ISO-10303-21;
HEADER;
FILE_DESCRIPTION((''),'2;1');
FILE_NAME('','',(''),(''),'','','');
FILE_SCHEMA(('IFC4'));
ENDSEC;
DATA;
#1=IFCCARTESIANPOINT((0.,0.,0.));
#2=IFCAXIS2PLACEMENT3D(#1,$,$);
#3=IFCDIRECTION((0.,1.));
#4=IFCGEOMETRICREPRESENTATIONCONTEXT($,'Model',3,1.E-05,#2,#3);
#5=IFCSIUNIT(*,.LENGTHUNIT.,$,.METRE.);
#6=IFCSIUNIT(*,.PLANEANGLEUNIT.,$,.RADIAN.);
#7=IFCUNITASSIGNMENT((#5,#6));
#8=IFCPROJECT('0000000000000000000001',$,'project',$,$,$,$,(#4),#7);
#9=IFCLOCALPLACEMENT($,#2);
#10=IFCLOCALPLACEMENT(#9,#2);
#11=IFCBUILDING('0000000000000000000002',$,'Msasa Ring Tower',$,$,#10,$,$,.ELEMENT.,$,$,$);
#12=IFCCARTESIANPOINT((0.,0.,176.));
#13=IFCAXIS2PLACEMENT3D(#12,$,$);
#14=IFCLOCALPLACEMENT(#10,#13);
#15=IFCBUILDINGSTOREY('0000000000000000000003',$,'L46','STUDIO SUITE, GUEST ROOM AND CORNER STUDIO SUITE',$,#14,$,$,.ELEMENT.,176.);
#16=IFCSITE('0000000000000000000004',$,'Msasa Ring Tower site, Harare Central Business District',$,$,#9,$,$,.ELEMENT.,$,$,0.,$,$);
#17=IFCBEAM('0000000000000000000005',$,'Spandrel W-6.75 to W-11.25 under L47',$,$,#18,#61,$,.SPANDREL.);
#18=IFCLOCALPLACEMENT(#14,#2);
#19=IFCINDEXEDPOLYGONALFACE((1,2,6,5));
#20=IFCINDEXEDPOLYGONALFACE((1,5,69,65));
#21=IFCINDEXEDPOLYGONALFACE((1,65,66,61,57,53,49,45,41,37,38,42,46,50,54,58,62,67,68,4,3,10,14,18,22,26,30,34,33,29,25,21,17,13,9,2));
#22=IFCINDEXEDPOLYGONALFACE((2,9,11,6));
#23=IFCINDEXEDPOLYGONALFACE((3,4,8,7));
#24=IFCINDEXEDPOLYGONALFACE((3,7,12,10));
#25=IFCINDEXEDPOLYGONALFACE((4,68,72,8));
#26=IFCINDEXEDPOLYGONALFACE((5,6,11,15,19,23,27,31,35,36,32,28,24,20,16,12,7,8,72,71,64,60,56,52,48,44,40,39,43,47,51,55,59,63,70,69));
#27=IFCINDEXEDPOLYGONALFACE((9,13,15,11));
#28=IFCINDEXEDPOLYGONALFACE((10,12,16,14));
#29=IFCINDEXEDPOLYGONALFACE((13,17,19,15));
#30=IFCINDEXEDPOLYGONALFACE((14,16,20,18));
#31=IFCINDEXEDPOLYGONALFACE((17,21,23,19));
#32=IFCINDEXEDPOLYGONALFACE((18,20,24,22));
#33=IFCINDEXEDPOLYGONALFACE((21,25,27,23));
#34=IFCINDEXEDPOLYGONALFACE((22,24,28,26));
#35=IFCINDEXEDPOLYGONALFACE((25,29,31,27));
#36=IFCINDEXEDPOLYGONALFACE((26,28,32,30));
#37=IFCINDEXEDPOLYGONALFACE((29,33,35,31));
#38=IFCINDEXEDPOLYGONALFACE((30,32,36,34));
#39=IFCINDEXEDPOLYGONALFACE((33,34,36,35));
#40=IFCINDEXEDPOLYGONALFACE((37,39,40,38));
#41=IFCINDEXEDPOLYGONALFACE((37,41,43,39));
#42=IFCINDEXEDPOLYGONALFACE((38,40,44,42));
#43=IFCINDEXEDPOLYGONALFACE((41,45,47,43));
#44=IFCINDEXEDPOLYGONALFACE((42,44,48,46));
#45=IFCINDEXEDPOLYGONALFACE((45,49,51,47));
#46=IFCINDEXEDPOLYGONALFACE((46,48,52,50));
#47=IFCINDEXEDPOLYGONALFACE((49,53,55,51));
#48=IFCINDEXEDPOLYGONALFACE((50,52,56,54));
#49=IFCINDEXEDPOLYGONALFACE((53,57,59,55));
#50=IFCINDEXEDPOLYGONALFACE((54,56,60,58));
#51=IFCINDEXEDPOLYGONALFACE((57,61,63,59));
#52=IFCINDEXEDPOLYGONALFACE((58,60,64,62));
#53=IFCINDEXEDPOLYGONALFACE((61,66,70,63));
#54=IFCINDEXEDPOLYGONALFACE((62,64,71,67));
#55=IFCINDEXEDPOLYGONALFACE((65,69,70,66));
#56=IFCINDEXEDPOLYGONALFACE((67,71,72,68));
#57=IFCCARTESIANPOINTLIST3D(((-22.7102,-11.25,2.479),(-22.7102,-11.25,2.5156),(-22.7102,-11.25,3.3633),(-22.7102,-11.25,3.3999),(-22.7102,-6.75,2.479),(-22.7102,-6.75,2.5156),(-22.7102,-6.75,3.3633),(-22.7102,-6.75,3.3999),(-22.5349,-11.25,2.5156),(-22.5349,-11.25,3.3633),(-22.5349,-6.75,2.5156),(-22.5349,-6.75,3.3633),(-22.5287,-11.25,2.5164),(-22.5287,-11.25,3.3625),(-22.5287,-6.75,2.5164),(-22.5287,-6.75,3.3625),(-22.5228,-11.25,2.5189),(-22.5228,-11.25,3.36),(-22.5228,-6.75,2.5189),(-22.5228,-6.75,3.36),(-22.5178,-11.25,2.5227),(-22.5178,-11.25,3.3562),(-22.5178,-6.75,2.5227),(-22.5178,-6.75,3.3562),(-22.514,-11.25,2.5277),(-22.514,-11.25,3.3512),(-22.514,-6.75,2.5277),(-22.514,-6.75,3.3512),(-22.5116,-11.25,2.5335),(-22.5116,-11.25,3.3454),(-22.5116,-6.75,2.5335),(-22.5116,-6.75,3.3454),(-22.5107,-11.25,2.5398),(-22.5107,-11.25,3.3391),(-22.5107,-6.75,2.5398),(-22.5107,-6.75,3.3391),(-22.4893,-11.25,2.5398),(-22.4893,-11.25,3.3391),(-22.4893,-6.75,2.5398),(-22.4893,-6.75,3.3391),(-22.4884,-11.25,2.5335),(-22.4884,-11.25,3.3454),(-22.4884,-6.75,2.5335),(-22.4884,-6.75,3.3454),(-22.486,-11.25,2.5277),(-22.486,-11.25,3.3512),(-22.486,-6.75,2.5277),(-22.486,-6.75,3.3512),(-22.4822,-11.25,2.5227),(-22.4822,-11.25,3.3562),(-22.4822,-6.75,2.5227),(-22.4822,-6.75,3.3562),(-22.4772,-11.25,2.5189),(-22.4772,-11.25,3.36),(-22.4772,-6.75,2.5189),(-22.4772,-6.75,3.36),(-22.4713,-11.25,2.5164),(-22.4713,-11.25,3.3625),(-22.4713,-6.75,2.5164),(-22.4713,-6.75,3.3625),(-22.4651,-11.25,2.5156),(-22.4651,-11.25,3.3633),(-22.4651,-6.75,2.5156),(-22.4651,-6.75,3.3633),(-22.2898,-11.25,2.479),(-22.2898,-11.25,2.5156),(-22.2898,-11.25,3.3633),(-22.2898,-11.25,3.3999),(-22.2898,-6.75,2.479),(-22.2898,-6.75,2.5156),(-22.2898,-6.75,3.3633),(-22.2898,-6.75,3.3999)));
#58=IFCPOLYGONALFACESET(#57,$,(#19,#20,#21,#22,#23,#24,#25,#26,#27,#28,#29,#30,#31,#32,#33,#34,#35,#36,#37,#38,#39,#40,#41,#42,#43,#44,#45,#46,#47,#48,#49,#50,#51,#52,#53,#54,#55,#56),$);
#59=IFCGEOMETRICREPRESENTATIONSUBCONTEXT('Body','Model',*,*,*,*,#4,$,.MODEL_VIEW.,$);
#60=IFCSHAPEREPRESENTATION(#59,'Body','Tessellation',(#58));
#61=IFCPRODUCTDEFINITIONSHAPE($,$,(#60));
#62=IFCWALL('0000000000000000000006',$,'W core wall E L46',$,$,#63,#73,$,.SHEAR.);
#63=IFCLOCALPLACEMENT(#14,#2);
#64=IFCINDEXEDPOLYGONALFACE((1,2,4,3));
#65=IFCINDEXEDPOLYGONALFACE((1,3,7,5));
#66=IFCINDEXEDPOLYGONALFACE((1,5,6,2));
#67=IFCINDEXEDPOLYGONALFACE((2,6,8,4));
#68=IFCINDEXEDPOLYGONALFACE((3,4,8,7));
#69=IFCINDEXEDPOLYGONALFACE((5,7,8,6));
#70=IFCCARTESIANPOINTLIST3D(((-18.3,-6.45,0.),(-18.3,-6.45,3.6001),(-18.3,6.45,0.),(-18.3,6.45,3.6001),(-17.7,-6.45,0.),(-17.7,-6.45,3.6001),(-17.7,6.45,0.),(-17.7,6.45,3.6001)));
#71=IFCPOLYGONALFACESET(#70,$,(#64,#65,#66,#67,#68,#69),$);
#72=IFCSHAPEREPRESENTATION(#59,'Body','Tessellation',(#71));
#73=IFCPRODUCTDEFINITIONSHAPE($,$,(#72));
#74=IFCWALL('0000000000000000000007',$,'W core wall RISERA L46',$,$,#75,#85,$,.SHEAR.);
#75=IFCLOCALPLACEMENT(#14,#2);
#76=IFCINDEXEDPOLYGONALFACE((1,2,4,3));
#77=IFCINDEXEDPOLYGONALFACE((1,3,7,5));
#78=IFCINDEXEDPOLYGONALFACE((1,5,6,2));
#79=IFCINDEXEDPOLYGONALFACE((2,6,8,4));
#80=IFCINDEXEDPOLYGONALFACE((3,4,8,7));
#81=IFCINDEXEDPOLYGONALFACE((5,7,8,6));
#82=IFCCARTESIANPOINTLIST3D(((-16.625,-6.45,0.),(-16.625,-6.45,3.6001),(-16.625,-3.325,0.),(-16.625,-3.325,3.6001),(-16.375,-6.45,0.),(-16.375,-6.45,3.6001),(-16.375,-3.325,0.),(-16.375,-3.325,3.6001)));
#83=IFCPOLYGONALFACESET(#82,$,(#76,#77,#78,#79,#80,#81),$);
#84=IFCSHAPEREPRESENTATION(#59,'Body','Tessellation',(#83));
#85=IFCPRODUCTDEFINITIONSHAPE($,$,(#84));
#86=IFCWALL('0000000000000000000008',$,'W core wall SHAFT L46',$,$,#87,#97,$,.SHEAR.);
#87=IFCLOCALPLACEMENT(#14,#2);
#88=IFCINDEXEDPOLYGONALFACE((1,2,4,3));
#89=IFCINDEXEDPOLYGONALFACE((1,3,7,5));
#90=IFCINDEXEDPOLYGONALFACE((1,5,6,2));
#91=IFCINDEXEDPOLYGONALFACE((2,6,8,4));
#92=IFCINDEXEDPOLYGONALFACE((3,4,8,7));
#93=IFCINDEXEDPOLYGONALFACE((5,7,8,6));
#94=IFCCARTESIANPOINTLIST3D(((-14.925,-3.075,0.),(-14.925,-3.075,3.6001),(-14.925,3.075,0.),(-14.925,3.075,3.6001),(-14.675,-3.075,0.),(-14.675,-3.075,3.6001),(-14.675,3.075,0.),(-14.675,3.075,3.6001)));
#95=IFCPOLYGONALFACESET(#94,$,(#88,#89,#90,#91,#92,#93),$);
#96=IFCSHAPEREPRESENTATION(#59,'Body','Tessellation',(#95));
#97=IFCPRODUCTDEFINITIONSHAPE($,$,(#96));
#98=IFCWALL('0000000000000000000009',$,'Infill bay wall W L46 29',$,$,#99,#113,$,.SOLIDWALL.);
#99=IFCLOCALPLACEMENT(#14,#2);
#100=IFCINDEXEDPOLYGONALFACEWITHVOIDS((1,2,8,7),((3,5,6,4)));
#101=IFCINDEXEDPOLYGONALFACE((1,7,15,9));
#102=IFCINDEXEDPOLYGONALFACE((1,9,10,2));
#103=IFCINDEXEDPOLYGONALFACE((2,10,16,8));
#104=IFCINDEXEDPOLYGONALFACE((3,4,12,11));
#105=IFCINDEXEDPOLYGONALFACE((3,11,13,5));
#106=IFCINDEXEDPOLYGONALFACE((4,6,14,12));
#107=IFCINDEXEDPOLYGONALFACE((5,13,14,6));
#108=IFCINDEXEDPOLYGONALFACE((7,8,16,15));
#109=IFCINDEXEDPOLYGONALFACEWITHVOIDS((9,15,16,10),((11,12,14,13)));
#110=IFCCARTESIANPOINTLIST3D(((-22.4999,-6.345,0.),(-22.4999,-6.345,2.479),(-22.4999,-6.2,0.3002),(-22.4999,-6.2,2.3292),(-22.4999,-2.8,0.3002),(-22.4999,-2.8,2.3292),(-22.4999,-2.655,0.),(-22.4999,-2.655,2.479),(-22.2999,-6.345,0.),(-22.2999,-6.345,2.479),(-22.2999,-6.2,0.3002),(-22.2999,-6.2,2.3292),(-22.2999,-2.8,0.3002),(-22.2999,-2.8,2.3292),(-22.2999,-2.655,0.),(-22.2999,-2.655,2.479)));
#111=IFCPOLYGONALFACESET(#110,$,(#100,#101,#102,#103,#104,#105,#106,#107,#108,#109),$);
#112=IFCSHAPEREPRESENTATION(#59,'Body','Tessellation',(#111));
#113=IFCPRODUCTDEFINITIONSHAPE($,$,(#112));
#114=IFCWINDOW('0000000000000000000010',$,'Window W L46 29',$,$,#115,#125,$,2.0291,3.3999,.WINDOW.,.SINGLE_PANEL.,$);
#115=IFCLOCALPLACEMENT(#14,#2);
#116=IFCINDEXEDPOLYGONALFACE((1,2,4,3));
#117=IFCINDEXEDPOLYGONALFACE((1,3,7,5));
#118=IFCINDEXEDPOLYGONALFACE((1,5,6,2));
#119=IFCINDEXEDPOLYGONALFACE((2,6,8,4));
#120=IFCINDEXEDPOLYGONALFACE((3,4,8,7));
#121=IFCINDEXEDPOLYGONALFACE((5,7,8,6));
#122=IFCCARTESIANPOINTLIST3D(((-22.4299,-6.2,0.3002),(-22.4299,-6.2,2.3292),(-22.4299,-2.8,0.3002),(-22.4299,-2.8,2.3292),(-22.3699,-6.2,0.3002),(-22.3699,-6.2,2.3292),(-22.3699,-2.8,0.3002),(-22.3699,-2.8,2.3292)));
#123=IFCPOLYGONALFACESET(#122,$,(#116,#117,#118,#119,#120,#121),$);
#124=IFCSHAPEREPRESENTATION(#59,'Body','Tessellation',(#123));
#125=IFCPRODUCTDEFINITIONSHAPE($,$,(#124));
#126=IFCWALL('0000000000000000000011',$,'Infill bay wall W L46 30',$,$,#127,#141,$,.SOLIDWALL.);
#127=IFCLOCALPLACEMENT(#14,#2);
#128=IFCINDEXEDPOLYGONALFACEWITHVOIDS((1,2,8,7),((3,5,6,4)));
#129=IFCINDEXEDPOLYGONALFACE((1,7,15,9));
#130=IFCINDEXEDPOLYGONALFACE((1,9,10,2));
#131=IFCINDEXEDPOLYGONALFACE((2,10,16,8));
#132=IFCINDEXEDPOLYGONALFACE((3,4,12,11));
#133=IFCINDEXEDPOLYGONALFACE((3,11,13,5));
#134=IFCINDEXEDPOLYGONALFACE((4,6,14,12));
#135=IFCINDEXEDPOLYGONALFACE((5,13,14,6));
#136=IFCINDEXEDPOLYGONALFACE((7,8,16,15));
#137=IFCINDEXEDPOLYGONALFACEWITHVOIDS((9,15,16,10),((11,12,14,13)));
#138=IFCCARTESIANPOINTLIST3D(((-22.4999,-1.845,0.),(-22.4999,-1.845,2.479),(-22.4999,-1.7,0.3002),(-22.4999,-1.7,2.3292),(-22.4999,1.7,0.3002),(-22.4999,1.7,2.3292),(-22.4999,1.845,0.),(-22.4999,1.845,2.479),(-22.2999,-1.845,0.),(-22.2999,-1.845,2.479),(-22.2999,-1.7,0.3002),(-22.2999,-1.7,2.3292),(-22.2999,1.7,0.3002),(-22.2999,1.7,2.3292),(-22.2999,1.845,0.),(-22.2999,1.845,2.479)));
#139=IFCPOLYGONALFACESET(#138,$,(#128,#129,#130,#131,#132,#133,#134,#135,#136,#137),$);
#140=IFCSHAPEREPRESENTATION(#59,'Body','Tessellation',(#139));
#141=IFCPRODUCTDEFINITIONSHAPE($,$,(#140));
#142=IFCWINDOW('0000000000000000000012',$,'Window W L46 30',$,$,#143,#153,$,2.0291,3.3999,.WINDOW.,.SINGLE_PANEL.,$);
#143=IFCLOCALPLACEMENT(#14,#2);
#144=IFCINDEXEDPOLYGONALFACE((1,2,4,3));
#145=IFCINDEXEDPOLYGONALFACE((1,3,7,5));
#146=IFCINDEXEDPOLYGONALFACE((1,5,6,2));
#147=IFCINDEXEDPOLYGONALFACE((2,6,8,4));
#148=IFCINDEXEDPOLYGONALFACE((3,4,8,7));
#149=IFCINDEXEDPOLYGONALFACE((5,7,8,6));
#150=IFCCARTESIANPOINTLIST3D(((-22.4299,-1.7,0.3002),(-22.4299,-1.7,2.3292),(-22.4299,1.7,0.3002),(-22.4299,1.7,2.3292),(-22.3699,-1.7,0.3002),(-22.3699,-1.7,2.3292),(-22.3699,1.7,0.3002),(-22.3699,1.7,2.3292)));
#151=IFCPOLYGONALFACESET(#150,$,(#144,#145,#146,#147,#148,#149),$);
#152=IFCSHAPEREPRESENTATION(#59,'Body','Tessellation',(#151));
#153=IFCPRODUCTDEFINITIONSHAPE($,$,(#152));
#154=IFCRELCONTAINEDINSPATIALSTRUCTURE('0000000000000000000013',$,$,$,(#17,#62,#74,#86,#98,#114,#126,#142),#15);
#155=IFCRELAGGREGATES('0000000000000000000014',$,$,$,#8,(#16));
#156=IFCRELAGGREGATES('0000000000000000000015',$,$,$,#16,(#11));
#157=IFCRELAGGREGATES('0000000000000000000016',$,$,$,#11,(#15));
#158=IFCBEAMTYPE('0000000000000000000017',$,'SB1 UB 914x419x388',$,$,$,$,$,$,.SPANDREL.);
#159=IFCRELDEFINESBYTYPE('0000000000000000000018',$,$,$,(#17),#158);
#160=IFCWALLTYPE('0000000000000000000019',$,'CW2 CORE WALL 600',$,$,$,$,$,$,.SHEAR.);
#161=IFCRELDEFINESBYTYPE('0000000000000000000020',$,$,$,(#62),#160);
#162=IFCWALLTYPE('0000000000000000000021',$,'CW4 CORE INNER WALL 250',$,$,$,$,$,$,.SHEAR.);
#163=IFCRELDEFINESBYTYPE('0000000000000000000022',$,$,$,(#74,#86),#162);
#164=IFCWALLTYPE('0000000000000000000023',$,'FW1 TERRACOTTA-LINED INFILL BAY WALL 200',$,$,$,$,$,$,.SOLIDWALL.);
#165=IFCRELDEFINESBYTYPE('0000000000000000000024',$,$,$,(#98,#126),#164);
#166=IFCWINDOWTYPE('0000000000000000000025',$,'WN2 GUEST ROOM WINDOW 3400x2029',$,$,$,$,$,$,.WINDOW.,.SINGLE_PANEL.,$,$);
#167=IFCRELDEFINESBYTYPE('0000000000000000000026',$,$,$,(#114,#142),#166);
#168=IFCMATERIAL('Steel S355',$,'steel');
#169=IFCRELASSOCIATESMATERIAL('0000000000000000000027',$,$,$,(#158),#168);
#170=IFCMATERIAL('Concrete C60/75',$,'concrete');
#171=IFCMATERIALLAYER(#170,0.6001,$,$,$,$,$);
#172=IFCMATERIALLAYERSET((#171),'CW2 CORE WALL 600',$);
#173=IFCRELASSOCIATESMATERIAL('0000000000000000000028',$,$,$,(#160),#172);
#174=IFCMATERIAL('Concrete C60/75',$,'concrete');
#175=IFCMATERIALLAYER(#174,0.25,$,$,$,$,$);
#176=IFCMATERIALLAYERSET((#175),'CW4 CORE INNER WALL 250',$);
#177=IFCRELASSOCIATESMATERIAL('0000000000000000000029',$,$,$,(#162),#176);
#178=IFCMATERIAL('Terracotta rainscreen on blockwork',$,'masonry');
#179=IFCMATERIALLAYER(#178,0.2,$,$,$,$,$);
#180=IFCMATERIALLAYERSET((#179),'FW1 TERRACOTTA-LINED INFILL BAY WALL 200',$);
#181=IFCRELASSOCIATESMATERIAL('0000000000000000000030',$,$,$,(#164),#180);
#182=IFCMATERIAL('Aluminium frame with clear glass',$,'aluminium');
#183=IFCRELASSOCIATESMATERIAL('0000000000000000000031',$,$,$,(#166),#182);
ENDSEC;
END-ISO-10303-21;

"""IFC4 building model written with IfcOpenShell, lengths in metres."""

from ifc_helpers import new_model, si_unit, direction, frame, frame_2d, origin, origin_2d, place, context, subcontext, project, spatial, rectangle, i_section, extrude, material, layer, layer_set, material_profile, profile_set, type_object, element, fill, save


model = new_model("IFC4")

# Units and contexts
model_context = context("Model", 3, precision=1e-05, world=origin(), true_north=direction((0.0, 1.0)))
body_context = subcontext(model_context, "Body", "Model", "MODEL_VIEW")
ifc_project = project(units=[si_unit("LENGTHUNIT", "METRE"), si_unit("PLANEANGLEUNIT", "RADIAN")], contexts=[model_context])

# Site, building, storey
site_placement = place(None, origin())
site = spatial("IfcSite", under=ifc_project, at=site_placement, Name="Msasa Ring Tower site, Harare Central Business District", CompositionType="ELEMENT", RefElevation=0.0)
building_placement = place(site_placement, origin())
building = spatial("IfcBuilding", under=site, at=building_placement, Name="Msasa Ring Tower", CompositionType="ELEMENT")
storey_placement = place(building_placement, frame((0.0, 0.0, 176.0)))
storey = spatial("IfcBuildingStorey", under=building, at=storey_placement, Name="L46", Description="STUDIO SUITE, GUEST ROOM AND CORNER STUDIO SUITE", CompositionType="ELEMENT", Elevation=176.0)

# Beam
ifc_material_1 = material(Name="Steel S355", Category="steel")
ifc_material_profile_1 = material_profile(ifc_material_1, i_section(OverallWidth=0.4204, OverallDepth=0.9209, WebThickness=0.0215, FlangeThickness=0.0366, FilletRadius=0.0242, at=origin_2d()), Name="UB 914x419x388")
ifc_profile_set_1 = profile_set([ifc_material_profile_1], Name="Steel S355")
beam_type_1 = type_object("IfcBeamType", Name="SB1 UB 914x419x388", PredefinedType="SPANDREL", material=ifc_profile_set_1)
for number, where, z_axis, x_axis, name in (
    (1, (-22.5, -6.75, 2.9395), (0.0, -1.0, 0.0), (1.0, 0.0, 0.0), "Spandrel W-6.75 to W-11.25 under L47"),
):
    element("IfcBeam", number, at=place(storey_placement, frame(where, z_axis=z_axis, x_axis=x_axis)), inside=storey, type_object=beam_type_1, Name=name, PredefinedType="SPANDREL", context=body_context, shape_type="SweptSolid", body=[
        extrude(i_section(OverallWidth=0.4204, OverallDepth=0.9209, WebThickness=0.0215, FlangeThickness=0.0366, FilletRadius=0.0242, at=origin_2d()), origin(), (0.0, 0.0, 1.0), 4.5),
    ])

# Walls
ifc_material_2 = material(Name="Concrete C60/75", Category="concrete")
ifc_layer_1 = layer(ifc_material_2, 0.6001)
ifc_layer_set_1 = layer_set([ifc_layer_1], Name="CW2 CORE WALL 600")
wall_type_1 = type_object("IfcWallType", Name="CW2 CORE WALL 600", PredefinedType="SHEAR", material=ifc_layer_set_1)
wall_1_placement = place(storey_placement, frame((-18.0, -6.45, 0.0), z_axis=(0.0, 0.0, 1.0), x_axis=(0.0, 1.0, 0.0)))
element("IfcWall", 2, at=wall_1_placement, inside=storey, type_object=wall_type_1, Name="W core wall E L46", PredefinedType="SHEAR", context=body_context, shape_type="SweptSolid", body=[
    extrude(rectangle(XDim=12.8999, YDim=0.6001, at=frame_2d((6.45, 0.0))), origin(), (0.0, 0.0, 1.0), 3.6001),
])
ifc_material_3 = material(Name="Concrete C60/75", Category="concrete")
ifc_layer_2 = layer(ifc_material_3, 0.25)
ifc_layer_set_2 = layer_set([ifc_layer_2], Name="CW4 CORE INNER WALL 250")
wall_type_2 = type_object("IfcWallType", Name="CW4 CORE INNER WALL 250", PredefinedType="SHEAR", material=ifc_layer_set_2)
wall_2_placement = place(storey_placement, frame((-16.5, -6.45, 0.0), z_axis=(0.0, 0.0, 1.0), x_axis=(0.0, 1.0, 0.0)))
element("IfcWall", 3, at=wall_2_placement, inside=storey, type_object=wall_type_2, Name="W core wall RISERA L46", PredefinedType="SHEAR", context=body_context, shape_type="SweptSolid", body=[
    extrude(rectangle(XDim=3.125, YDim=0.25, at=frame_2d((1.5625, 0.0))), origin(), (0.0, 0.0, 1.0), 3.6001),
])
wall_3_placement = place(storey_placement, frame((-14.8, -3.075, 0.0), z_axis=(0.0, 0.0, 1.0), x_axis=(0.0, 1.0, 0.0)))
element("IfcWall", 4, at=wall_3_placement, inside=storey, type_object=wall_type_2, Name="W core wall SHAFT L46", PredefinedType="SHEAR", context=body_context, shape_type="SweptSolid", body=[
    extrude(rectangle(XDim=6.1499, YDim=0.25, at=frame_2d((3.075, 0.0))), origin(), (0.0, 0.0, 1.0), 3.6001),
])

# Walls, openings, windows
ifc_material_4 = material(Name="Terracotta rainscreen on blockwork", Category="masonry")
ifc_layer_3 = layer(ifc_material_4, 0.2)
ifc_layer_set_3 = layer_set([ifc_layer_3], Name="FW1 TERRACOTTA-LINED INFILL BAY WALL 200")
wall_type_3 = type_object("IfcWallType", Name="FW1 TERRACOTTA-LINED INFILL BAY WALL 200", PredefinedType="SOLIDWALL", material=ifc_layer_set_3)
wall_4_placement = place(storey_placement, frame((-22.3999, -6.345, 0.0), z_axis=(0.0, 0.0, 1.0), x_axis=(0.0, 1.0, 0.0)))
wall_4 = element("IfcWall", 5, at=wall_4_placement, inside=storey, type_object=wall_type_3, Name="Infill bay wall W L46 29", PredefinedType="SOLIDWALL", context=body_context, shape_type="SweptSolid", body=[
    extrude(rectangle(XDim=3.6899, YDim=0.2, at=frame_2d((1.845, 0.0))), origin(), (0.0, 0.0, 1.0), 2.479),
])
opening_1_placement = place(wall_4_placement, frame((0.145, 0.0, 0.3)))
opening_1 = element("IfcOpeningElement", 6, at=opening_1_placement, cuts=wall_4, PredefinedType="OPENING", context=body_context, shape_type="SweptSolid", body=[
    extrude(rectangle(XDim=3.3999, YDim=2.0291, at=frame_2d((1.7, 1.0146))), frame((0.0, 0.1099, 0.0), z_axis=(0.0, -1.0, 0.0), x_axis=(1.0, 0.0, 0.0)), (0.0, 0.0, 1.0), 0.22),
])
ifc_material_5 = material(Name="Aluminium frame with clear glass", Category="aluminium")
window_type = type_object("IfcWindowType", Name="WN2 GUEST ROOM WINDOW 3400x2029", PartitioningType="SINGLE_PANEL", PredefinedType="WINDOW", material=ifc_material_5)
window_1_placement = place(opening_1_placement, origin())
window_1 = element("IfcWindow", 7, at=window_1_placement, inside=storey, type_object=window_type, Name="Window W L46 29", OverallHeight=2.0291, OverallWidth=3.3999, PartitioningType="SINGLE_PANEL", PredefinedType="WINDOW", context=body_context, shape_type="SweptSolid", body=[
    extrude(rectangle(XDim=3.3999, YDim=2.0291, at=frame_2d((1.7, 1.0146))), frame((0.0, 0.03, 0.0), z_axis=(0.0, -1.0, 0.0), x_axis=(1.0, 0.0, 0.0)), (0.0, 0.0, 1.0), 0.0601),
])
fill(opening_1, window_1)
wall_5_placement = place(storey_placement, frame((-22.3999, -1.845, 0.0), z_axis=(0.0, 0.0, 1.0), x_axis=(0.0, 1.0, 0.0)))
wall_5 = element("IfcWall", 8, at=wall_5_placement, inside=storey, type_object=wall_type_3, Name="Infill bay wall W L46 30", PredefinedType="SOLIDWALL", context=body_context, shape_type="SweptSolid", body=[
    extrude(rectangle(XDim=3.6899, YDim=0.2, at=frame_2d((1.845, 0.0))), origin(), (0.0, 0.0, 1.0), 2.479),
])
opening_2_placement = place(wall_5_placement, frame((0.145, 0.0, 0.3)))
opening_2 = element("IfcOpeningElement", 9, at=opening_2_placement, cuts=wall_5, PredefinedType="OPENING", context=body_context, shape_type="SweptSolid", body=[
    extrude(rectangle(XDim=3.3999, YDim=2.0291, at=frame_2d((1.7, 1.0146))), frame((0.0, 0.1099, 0.0), z_axis=(0.0, -1.0, 0.0), x_axis=(1.0, 0.0, 0.0)), (0.0, 0.0, 1.0), 0.22),
])
window_2_placement = place(opening_2_placement, origin())
window_2 = element("IfcWindow", 10, at=window_2_placement, inside=storey, type_object=window_type, Name="Window W L46 30", OverallHeight=2.0291, OverallWidth=3.3999, PartitioningType="SINGLE_PANEL", PredefinedType="WINDOW", context=body_context, shape_type="SweptSolid", body=[
    extrude(rectangle(XDim=3.3999, YDim=2.0291, at=frame_2d((1.7, 1.0146))), frame((0.0, 0.03, 0.0), z_axis=(0.0, -1.0, 0.0), x_axis=(1.0, 0.0, 0.0)), (0.0, 0.0, 1.0), 0.0601),
])
fill(opening_2, window_2)

save(model, "model.ifc")
